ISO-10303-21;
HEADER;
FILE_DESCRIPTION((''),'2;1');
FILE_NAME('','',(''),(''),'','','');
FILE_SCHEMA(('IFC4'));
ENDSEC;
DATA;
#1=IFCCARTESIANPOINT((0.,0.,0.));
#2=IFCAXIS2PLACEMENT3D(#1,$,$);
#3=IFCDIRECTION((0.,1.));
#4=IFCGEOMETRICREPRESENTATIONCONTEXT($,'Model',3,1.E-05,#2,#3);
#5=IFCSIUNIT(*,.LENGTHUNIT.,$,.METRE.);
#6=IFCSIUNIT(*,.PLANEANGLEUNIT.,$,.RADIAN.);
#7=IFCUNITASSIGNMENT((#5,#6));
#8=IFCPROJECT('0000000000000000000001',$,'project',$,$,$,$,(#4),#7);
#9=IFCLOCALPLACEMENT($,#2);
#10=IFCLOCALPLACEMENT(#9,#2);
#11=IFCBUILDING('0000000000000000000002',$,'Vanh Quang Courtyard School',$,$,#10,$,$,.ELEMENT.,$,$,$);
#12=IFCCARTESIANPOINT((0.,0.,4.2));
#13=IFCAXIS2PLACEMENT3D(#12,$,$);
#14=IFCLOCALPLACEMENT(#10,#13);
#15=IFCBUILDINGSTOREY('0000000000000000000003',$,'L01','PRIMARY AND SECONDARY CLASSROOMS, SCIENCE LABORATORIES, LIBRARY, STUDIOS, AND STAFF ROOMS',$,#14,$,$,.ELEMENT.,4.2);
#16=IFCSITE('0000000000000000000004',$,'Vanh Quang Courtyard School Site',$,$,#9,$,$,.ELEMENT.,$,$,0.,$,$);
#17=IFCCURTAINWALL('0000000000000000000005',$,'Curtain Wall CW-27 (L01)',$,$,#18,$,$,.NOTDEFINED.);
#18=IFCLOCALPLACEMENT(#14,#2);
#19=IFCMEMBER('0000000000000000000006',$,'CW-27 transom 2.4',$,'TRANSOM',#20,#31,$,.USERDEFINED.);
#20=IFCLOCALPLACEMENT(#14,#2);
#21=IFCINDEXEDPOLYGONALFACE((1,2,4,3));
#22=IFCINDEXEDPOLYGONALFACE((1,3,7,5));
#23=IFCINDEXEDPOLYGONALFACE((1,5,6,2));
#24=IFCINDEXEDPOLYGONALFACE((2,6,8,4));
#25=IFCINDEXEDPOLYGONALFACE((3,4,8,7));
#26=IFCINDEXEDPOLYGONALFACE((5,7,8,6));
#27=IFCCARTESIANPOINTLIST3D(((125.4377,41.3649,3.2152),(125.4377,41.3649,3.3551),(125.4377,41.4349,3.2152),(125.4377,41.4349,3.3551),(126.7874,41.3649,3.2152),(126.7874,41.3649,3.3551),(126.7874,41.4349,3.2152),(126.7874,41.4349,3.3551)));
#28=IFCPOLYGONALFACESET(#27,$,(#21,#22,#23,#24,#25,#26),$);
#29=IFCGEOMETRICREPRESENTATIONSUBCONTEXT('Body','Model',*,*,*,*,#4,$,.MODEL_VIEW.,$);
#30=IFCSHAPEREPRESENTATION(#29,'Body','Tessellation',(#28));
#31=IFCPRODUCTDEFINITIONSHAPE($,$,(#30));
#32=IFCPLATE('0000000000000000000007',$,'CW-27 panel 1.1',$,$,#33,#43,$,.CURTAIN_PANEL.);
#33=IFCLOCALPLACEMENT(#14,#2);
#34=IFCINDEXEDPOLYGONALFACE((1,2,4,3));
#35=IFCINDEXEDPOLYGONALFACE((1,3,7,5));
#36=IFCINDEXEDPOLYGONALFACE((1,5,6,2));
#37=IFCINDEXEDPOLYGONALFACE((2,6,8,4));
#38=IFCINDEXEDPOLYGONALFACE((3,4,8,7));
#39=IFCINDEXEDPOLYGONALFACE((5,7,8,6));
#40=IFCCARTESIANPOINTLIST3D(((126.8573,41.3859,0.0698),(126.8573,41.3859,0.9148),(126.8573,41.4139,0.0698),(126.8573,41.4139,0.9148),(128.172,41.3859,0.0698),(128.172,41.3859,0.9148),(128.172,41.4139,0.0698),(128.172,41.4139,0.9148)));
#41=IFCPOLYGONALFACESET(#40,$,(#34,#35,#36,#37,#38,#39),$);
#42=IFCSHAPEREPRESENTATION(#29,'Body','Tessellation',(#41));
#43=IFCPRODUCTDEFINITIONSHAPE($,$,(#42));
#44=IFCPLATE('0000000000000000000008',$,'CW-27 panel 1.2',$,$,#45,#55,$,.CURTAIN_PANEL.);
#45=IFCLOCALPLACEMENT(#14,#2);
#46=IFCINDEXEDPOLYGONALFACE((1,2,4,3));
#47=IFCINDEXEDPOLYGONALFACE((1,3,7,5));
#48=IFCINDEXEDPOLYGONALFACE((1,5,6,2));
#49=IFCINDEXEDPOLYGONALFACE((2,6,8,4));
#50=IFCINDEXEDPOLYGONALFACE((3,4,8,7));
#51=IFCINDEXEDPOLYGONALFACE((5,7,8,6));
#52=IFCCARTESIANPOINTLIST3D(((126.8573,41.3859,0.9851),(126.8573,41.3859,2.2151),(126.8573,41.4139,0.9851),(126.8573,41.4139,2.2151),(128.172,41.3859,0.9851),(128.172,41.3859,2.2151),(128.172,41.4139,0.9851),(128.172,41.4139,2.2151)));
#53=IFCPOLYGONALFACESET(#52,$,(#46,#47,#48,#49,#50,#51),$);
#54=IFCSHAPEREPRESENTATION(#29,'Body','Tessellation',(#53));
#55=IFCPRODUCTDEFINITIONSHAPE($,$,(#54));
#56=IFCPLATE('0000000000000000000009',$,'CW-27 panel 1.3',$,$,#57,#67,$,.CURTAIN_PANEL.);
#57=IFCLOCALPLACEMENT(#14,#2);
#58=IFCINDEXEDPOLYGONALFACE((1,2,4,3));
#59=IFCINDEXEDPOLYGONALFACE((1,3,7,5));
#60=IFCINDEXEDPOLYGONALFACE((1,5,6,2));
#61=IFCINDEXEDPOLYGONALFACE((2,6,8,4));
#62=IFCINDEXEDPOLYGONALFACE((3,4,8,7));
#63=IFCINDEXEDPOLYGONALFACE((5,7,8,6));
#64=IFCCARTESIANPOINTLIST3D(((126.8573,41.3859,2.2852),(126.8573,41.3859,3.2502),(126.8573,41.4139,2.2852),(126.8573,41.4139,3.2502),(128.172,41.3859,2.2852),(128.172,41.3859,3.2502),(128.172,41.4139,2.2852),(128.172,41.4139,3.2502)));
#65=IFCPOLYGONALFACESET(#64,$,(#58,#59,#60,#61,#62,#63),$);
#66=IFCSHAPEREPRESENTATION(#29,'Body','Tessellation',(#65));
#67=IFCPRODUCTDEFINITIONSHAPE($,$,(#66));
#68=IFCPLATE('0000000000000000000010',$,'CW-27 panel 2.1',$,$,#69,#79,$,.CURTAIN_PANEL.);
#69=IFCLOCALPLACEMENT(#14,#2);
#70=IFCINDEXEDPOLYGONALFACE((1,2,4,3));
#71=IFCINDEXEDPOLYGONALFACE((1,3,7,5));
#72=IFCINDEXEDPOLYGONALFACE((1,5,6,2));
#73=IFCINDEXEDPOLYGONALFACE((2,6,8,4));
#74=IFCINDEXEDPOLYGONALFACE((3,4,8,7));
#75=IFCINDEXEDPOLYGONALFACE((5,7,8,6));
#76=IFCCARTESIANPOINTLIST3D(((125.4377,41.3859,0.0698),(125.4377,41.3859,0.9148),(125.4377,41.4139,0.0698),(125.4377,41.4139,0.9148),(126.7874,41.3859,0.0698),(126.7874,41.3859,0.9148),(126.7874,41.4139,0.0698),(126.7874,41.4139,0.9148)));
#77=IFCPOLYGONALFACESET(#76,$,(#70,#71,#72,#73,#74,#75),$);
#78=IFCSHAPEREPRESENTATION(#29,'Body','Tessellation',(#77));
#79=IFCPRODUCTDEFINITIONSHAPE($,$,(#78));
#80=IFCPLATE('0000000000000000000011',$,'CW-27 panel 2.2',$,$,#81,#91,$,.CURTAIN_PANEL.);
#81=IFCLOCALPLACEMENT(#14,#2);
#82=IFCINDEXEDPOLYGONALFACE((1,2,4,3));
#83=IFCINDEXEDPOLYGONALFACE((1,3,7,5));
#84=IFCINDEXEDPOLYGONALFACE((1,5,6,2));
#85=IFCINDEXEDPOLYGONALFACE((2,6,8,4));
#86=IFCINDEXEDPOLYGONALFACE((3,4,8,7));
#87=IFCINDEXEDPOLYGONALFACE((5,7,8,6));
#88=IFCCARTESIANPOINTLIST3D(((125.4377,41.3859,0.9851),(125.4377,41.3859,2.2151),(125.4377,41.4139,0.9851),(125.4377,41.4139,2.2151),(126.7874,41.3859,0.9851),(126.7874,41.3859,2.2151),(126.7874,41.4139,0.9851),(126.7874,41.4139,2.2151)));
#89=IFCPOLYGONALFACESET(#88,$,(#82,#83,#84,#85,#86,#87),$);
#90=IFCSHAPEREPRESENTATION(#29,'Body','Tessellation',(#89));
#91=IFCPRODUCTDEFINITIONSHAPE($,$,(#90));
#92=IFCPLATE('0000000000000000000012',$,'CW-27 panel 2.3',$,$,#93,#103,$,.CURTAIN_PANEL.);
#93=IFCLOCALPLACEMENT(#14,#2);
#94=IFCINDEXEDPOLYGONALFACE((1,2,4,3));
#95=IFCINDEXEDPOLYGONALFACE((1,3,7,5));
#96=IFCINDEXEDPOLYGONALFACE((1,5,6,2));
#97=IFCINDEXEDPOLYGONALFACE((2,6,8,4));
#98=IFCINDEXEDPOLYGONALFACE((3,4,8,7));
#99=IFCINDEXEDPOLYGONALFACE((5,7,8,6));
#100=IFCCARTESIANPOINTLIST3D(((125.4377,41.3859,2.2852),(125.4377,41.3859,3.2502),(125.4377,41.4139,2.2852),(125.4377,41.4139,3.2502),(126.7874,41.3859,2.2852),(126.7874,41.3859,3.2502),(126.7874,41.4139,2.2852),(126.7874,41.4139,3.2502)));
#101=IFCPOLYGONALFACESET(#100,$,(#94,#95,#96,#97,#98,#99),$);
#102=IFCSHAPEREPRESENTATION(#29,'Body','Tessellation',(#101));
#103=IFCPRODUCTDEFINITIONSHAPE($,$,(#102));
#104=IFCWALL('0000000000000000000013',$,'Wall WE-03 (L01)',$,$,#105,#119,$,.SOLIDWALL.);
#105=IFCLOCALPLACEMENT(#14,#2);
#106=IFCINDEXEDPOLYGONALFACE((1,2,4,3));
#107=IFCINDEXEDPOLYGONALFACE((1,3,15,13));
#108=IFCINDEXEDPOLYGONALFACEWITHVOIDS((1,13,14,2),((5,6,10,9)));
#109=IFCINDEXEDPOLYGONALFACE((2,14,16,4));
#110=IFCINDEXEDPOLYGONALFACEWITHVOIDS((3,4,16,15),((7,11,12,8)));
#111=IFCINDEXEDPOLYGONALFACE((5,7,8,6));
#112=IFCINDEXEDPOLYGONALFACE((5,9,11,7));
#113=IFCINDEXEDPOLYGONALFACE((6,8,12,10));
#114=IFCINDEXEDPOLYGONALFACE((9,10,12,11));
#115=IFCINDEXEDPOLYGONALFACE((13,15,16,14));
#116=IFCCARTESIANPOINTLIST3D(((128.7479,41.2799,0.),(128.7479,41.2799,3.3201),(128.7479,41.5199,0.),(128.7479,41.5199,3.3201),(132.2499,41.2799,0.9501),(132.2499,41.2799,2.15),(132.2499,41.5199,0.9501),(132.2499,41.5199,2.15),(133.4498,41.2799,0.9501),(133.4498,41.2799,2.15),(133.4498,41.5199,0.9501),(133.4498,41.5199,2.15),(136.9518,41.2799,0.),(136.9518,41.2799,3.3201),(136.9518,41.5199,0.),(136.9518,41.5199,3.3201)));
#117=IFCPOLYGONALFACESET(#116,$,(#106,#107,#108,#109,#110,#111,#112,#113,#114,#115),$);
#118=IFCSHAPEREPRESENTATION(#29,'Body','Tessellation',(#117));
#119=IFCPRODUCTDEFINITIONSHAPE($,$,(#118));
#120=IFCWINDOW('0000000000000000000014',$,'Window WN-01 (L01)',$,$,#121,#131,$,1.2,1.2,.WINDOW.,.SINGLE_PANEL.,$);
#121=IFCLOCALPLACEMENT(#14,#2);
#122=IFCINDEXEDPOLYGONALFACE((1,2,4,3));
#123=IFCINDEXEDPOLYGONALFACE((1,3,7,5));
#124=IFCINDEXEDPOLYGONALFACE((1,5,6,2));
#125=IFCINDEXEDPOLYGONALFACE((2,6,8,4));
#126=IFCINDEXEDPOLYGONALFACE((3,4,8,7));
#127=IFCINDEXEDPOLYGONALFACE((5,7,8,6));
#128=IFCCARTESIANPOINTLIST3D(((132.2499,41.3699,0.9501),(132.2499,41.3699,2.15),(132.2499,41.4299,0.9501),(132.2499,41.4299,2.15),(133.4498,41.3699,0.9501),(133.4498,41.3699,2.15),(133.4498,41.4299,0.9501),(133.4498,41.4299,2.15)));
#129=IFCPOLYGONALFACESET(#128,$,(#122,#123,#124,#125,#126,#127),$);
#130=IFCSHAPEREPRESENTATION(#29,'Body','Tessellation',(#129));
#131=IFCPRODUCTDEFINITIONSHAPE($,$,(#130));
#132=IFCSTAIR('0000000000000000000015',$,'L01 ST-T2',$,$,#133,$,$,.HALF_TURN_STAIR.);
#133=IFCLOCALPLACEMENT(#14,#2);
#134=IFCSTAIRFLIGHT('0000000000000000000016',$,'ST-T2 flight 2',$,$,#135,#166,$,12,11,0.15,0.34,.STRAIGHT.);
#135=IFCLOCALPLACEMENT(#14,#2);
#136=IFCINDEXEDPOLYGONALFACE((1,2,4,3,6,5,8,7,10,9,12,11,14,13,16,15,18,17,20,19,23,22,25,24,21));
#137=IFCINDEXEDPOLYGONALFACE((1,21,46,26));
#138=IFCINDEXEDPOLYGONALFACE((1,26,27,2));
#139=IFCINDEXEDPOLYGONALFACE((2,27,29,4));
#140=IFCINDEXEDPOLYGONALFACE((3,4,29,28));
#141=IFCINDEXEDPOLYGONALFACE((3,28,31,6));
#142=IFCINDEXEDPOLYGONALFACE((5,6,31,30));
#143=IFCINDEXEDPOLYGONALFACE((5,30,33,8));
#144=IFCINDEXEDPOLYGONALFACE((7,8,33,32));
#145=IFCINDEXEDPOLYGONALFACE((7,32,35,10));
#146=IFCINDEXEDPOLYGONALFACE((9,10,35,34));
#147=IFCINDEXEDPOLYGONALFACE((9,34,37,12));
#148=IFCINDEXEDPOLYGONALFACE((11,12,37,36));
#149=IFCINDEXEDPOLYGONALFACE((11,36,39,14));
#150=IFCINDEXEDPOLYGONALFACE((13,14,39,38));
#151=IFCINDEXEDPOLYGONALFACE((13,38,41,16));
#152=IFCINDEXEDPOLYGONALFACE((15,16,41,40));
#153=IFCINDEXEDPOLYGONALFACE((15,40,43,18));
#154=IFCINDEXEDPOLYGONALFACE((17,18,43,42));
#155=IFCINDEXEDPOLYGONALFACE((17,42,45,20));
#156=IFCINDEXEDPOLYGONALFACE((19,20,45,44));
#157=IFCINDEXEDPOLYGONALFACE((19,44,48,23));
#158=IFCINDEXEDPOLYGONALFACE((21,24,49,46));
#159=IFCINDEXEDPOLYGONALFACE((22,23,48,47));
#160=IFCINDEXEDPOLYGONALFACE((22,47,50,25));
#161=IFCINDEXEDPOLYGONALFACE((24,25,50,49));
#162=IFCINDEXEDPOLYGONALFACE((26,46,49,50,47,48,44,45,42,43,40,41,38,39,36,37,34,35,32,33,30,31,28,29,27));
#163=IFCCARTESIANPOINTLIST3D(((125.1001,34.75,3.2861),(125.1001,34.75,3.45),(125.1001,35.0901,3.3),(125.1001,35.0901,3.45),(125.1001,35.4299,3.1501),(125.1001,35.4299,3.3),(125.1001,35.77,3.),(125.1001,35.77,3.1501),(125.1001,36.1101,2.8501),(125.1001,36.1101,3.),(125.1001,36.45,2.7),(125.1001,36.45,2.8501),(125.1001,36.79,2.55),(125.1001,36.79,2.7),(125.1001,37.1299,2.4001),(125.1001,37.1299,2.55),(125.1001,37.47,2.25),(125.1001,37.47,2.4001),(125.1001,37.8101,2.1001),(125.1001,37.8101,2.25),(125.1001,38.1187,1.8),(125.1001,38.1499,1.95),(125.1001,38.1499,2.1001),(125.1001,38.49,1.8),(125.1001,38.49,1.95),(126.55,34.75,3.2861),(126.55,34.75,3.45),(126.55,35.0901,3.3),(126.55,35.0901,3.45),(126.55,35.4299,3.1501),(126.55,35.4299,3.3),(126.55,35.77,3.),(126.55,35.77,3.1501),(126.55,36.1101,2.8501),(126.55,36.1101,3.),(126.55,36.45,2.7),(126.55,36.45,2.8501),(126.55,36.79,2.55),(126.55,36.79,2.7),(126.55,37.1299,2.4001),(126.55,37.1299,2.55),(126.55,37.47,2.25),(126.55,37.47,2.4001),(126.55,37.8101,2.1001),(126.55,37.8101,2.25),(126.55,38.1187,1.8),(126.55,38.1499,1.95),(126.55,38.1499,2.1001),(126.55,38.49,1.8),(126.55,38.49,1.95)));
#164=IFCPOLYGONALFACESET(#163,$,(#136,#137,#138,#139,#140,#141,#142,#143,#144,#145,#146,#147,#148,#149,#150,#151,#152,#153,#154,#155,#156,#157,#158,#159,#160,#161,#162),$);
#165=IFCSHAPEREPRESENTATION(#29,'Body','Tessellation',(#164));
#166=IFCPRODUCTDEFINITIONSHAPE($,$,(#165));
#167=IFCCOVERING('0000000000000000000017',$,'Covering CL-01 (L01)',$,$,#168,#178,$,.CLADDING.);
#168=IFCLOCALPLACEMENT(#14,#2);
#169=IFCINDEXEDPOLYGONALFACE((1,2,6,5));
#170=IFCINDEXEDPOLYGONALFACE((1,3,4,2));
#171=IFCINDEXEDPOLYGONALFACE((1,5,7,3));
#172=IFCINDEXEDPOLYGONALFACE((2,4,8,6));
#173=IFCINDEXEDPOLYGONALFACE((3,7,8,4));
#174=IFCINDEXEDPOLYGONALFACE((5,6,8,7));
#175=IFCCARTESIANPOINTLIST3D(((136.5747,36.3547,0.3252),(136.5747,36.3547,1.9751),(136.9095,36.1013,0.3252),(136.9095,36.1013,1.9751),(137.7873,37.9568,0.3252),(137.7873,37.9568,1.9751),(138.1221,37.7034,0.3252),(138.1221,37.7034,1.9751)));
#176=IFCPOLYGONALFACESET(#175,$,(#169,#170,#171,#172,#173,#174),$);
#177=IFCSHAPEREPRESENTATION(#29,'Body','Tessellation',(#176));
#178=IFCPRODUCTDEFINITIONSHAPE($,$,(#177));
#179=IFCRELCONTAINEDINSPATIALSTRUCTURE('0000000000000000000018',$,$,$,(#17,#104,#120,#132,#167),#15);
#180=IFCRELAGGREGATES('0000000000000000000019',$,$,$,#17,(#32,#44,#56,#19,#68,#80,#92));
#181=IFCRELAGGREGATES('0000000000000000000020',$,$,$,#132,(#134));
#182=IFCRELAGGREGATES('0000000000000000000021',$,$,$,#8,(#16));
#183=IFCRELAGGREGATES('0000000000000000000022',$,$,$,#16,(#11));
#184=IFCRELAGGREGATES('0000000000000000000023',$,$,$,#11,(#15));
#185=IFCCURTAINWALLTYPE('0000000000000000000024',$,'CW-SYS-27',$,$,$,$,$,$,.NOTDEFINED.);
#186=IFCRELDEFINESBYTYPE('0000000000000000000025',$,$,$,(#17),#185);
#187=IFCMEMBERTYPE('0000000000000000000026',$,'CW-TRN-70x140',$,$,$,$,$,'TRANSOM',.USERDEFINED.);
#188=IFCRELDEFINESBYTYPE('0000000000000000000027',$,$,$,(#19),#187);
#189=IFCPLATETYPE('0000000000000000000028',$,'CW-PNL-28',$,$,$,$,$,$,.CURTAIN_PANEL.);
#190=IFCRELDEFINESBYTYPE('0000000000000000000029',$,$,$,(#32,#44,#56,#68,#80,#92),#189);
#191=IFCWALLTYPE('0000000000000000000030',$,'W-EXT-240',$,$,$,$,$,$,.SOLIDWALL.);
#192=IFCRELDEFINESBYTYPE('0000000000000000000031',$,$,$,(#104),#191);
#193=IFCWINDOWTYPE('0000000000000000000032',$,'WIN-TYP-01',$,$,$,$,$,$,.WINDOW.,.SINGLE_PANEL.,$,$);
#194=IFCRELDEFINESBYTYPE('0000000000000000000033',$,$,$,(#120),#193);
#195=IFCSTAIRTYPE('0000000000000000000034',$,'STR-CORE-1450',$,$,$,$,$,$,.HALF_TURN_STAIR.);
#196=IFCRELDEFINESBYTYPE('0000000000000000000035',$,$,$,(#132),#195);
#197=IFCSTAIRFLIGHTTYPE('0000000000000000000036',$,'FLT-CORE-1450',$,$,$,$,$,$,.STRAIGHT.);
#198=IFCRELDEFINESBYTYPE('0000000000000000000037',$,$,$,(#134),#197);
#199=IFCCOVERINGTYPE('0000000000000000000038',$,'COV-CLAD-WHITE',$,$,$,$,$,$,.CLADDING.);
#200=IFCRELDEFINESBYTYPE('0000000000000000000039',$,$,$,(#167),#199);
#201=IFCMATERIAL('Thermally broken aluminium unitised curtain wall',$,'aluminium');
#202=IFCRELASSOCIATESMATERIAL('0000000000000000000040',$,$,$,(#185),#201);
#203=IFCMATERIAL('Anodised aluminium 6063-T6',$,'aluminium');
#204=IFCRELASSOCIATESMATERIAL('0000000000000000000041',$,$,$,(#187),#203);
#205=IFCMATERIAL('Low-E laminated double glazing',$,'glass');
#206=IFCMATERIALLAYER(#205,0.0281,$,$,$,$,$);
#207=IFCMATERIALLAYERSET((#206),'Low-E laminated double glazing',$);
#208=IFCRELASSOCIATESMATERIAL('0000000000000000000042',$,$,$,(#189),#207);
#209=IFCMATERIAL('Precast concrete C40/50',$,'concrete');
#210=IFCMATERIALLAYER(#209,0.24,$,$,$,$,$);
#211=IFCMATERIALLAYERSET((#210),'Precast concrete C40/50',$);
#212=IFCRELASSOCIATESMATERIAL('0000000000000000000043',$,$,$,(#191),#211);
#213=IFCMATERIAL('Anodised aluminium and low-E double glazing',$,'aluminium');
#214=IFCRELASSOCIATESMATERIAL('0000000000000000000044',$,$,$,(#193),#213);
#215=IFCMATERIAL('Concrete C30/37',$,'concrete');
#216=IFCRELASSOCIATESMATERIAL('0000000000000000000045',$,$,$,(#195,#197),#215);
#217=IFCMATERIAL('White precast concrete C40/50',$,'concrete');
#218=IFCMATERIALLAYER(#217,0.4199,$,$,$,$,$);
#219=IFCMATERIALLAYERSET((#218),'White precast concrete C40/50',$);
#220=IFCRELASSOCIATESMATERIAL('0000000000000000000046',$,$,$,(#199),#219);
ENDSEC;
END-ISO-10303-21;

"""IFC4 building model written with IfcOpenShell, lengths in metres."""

from ifc_helpers import new_model, si_unit, direction, frame, frame_2d, origin, origin_2d, place, context, subcontext, project, spatial, polyline, rectangle, outline, extrude, material, layer, layer_set, material_profile, profile_set, type_object, element, fill, aggregate, save


model = new_model("IFC4")

# Units and contexts
model_context = context("Model", 3, precision=1e-05, world=origin(), true_north=direction((0.0, 1.0)))
body_context = subcontext(model_context, "Body", "Model", "MODEL_VIEW")
ifc_project = project(units=[si_unit("LENGTHUNIT", "METRE"), si_unit("PLANEANGLEUNIT", "RADIAN")], contexts=[model_context])

# Site, building, storey
site_placement = place(None, origin())
site = spatial("IfcSite", under=ifc_project, at=site_placement, Name="Vanh Quang Courtyard School Site", CompositionType="ELEMENT", RefElevation=0.0)
building_placement = place(site_placement, origin())
building = spatial("IfcBuilding", under=site, at=building_placement, Name="Vanh Quang Courtyard School", CompositionType="ELEMENT")
storey_placement = place(building_placement, frame((0.0, 0.0, 4.2)))
storey = spatial("IfcBuildingStorey", under=building, at=storey_placement, Name="L01", Description="PRIMARY AND SECONDARY CLASSROOMS, SCIENCE LABORATORIES, LIBRARY, STUDIOS, AND STAFF ROOMS", CompositionType="ELEMENT", Elevation=4.2)

# Curtain wall, member, plates
ifc_material_1 = material(Name="Thermally broken aluminium unitised curtain wall", Category="aluminium")
curtain_wall_type = type_object("IfcCurtainWallType", Name="CW-SYS-27", PredefinedType="NOTDEFINED", material=ifc_material_1)
curtain_wall_placement = place(storey_placement, origin())
curtain_wall = element("IfcCurtainWall", 1, at=curtain_wall_placement, inside=storey, type_object=curtain_wall_type, Name="Curtain Wall CW-27 (L01)", PredefinedType="NOTDEFINED")
ifc_material_2 = material(Name="Anodised aluminium 6063-T6", Category="aluminium")
ifc_material_profile_1 = material_profile(ifc_material_2, rectangle(XDim=0.0701, YDim=0.1399, at=origin_2d()), Name="ALU-TRN 70x140")
ifc_profile_set_1 = profile_set([ifc_material_profile_1], Name="Anodised aluminium 6063-T6")
member_type_1 = type_object("IfcMemberType", Name="CW-TRN-70x140", ElementType="TRANSOM", PredefinedType="USERDEFINED", material=ifc_profile_set_1)
member_1_placement = place(storey_placement, frame((126.7874, 41.3999, 3.2852), z_axis=(-1.0, 0.0, 0.0), x_axis=(0.0, -1.0, 0.0)))
member_1 = element("IfcMember", 2, at=member_1_placement, type_object=member_type_1, Name="CW-27 transom 2.4", ObjectType="TRANSOM", PredefinedType="USERDEFINED", context=body_context, shape_type="SweptSolid", body=[
    extrude(rectangle(XDim=0.0701, YDim=0.1399, at=origin_2d()), origin(), (0.0, 0.0, 1.0), 1.3496),
])
ifc_material_3 = material(Name="Low-E laminated double glazing", Category="glass")
ifc_layer_1 = layer(ifc_material_3, 0.0281)
ifc_layer_set_1 = layer_set([ifc_layer_1], Name="Low-E laminated double glazing")
plate_type = type_object("IfcPlateType", Name="CW-PNL-28", PredefinedType="CURTAIN_PANEL", material=ifc_layer_set_1)
plate_1_placement = place(storey_placement, frame((127.5146, 41.3999, 0.0698), z_axis=(0.0, 0.0, 1.0), x_axis=(-1.0, 0.0, 0.0)))
plate_1 = element("IfcPlate", 3, at=plate_1_placement, type_object=plate_type, Name="CW-27 panel 1.1", PredefinedType="CURTAIN_PANEL", context=body_context, shape_type="SweptSolid", body=[
    extrude(rectangle(XDim=1.3147, YDim=0.0281, at=origin_2d()), origin(), (0.0, 0.0, 1.0), 0.845),
])
plate_2_placement = place(storey_placement, frame((127.5146, 41.3999, 0.9851), z_axis=(0.0, 0.0, 1.0), x_axis=(-1.0, 0.0, 0.0)))
plate_2 = element("IfcPlate", 4, at=plate_2_placement, type_object=plate_type, Name="CW-27 panel 1.2", PredefinedType="CURTAIN_PANEL", context=body_context, shape_type="SweptSolid", body=[
    extrude(rectangle(XDim=1.3147, YDim=0.0281, at=origin_2d()), origin(), (0.0, 0.0, 1.0), 1.23),
])
plate_3_placement = place(storey_placement, frame((127.5146, 41.3999, 2.2852), z_axis=(0.0, 0.0, 1.0), x_axis=(-1.0, 0.0, 0.0)))
plate_3 = element("IfcPlate", 5, at=plate_3_placement, type_object=plate_type, Name="CW-27 panel 1.3", PredefinedType="CURTAIN_PANEL", context=body_context, shape_type="SweptSolid", body=[
    extrude(rectangle(XDim=1.3147, YDim=0.0281, at=origin_2d()), origin(), (0.0, 0.0, 1.0), 0.9651),
])
plate_4_placement = place(storey_placement, frame((126.1125, 41.3999, 0.0698), z_axis=(0.0, 0.0, 1.0), x_axis=(-1.0, 0.0, 0.0)))
plate_4 = element("IfcPlate", 6, at=plate_4_placement, type_object=plate_type, Name="CW-27 panel 2.1", PredefinedType="CURTAIN_PANEL", context=body_context, shape_type="SweptSolid", body=[
    extrude(rectangle(XDim=1.3496, YDim=0.0281, at=origin_2d()), origin(), (0.0, 0.0, 1.0), 0.845),
])
plate_5_placement = place(storey_placement, frame((126.1125, 41.3999, 0.9851), z_axis=(0.0, 0.0, 1.0), x_axis=(-1.0, 0.0, 0.0)))
plate_5 = element("IfcPlate", 7, at=plate_5_placement, type_object=plate_type, Name="CW-27 panel 2.2", PredefinedType="CURTAIN_PANEL", context=body_context, shape_type="SweptSolid", body=[
    extrude(rectangle(XDim=1.3496, YDim=0.0281, at=origin_2d()), origin(), (0.0, 0.0, 1.0), 1.23),
])
plate_6_placement = place(storey_placement, frame((126.1125, 41.3999, 2.2852), z_axis=(0.0, 0.0, 1.0), x_axis=(-1.0, 0.0, 0.0)))
plate_6 = element("IfcPlate", 8, at=plate_6_placement, type_object=plate_type, Name="CW-27 panel 2.3", PredefinedType="CURTAIN_PANEL", context=body_context, shape_type="SweptSolid", body=[
    extrude(rectangle(XDim=1.3496, YDim=0.0281, at=origin_2d()), origin(), (0.0, 0.0, 1.0), 0.9651),
])
aggregate(curtain_wall, [plate_1, plate_2, plate_3, member_1, plate_4, plate_5, plate_6])

# Wall, opening, window
ifc_material_4 = material(Name="Precast concrete C40/50", Category="concrete")
ifc_layer_2 = layer(ifc_material_4, 0.24)
ifc_layer_set_2 = layer_set([ifc_layer_2], Name="Precast concrete C40/50")
wall_type = type_object("IfcWallType", Name="W-EXT-240", PredefinedType="SOLIDWALL", material=ifc_layer_set_2)
wall_placement = place(storey_placement, frame((136.9519, 41.3999, 0.0), z_axis=(0.0, 0.0, 1.0), x_axis=(-1.0, 0.0, 0.0)))
wall = element("IfcWall", 9, at=wall_placement, inside=storey, type_object=wall_type, Name="Wall WE-03 (L01)", PredefinedType="SOLIDWALL", context=body_context, shape_type="SweptSolid", body=[
    extrude(rectangle(XDim=8.2039, YDim=0.24, at=frame_2d((4.1021, 0.0))), origin(), (0.0, 0.0, 1.0), 3.3201),
])
opening_placement = place(wall_placement, frame((3.502, 0.0, 0.95)))
opening = element("IfcOpeningElement", 10, at=opening_placement, cuts=wall, PredefinedType="OPENING", context=body_context, shape_type="SweptSolid", body=[
    extrude(rectangle(XDim=1.2, YDim=1.2, at=frame_2d((0.6001, 0.6001))), frame((0.0, 0.1299, 0.0), z_axis=(0.0, -1.0, 0.0), x_axis=(1.0, 0.0, 0.0)), (0.0, 0.0, 1.0), 0.26),
])
ifc_material_5 = material(Name="Anodised aluminium and low-E double glazing", Category="aluminium")
window_type = type_object("IfcWindowType", Name="WIN-TYP-01", PartitioningType="SINGLE_PANEL", PredefinedType="WINDOW", material=ifc_material_5)
window_placement = place(opening_placement, origin())
window = element("IfcWindow", 11, at=window_placement, inside=storey, type_object=window_type, Name="Window WN-01 (L01)", OverallHeight=1.2, OverallWidth=1.2, PartitioningType="SINGLE_PANEL", PredefinedType="WINDOW", context=body_context, shape_type="SweptSolid", body=[
    extrude(rectangle(XDim=1.2, YDim=1.2, at=frame_2d((0.6001, 0.6001))), frame((0.0, 0.03, 0.0), z_axis=(0.0, -1.0, 0.0), x_axis=(1.0, 0.0, 0.0)), (0.0, 0.0, 1.0), 0.0601),
])
fill(opening, window)

# Stair, stair flight
ifc_material_6 = material(Name="Concrete C30/37", Category="concrete")
stair_type = type_object("IfcStairType", Name="STR-CORE-1450", PredefinedType="HALF_TURN_STAIR", material=ifc_material_6)
stair_placement = place(storey_placement, origin())
stair = element("IfcStair", 12, at=stair_placement, inside=storey, type_object=stair_type, Name="L01 ST-T2", PredefinedType="HALF_TURN_STAIR")
stair_flight_type = type_object("IfcStairFlightType", Name="FLT-CORE-1450", PredefinedType="STRAIGHT", material=ifc_material_6)
stair_flight_placement = place(storey_placement, frame((125.825, 38.49, 1.8), z_axis=(0.0, 0.0, 1.0), x_axis=(0.0, -1.0, 0.0)))
stair_flight = element("IfcStairFlight", 13, at=stair_flight_placement, type_object=stair_flight_type, Name="ST-T2 flight 2", NumberOfRisers=12, NumberOfTreads=11, PredefinedType="STRAIGHT", RiserHeight=0.15, TreadLength=0.34, context=body_context, shape_type="SweptSolid", body=[
    extrude(outline(polyline([(0.0, 0.0), (0.0, 0.1499), (0.3401, 0.1499), (0.3401, 0.3), (0.6799, 0.3), (0.6799, 0.45), (1.02, 0.45), (1.02, 0.6001), (1.3601, 0.6001), (1.3601, 0.75), (1.7, 0.75), (1.7, 0.8999), (2.04, 0.8999), (2.04, 1.05), (2.3799, 1.05), (2.3799, 1.2), (2.72, 1.2), (2.72, 1.3501), (3.0601, 1.3501), (3.0601, 1.5), (3.3999, 1.5), (3.3999, 1.6499), (3.74, 1.6499), (3.74, 1.8), (3.74, 1.4861), (0.3713, 0.0), (0.0, 0.0)])), frame((0.0, 0.7251, 0.0), z_axis=(0.0, -1.0, 0.0), x_axis=(1.0, 0.0, 0.0)), (0.0, 0.0, 1.0), 1.45),
])
aggregate(stair, [stair_flight])

# Covering
ifc_material_7 = material(Name="White precast concrete C40/50", Category="concrete")
ifc_layer_3 = layer(ifc_material_7, 0.4199)
ifc_layer_set_3 = layer_set([ifc_layer_3], Name="White precast concrete C40/50")
covering_type = type_object("IfcCoveringType", Name="COV-CLAD-WHITE", PredefinedType="CLADDING", material=ifc_layer_set_3)
covering_placement = place(storey_placement, frame((137.3484, 37.0291, 0.3252), z_axis=(0.0, 0.0, 1.0), x_axis=(0.603486, 0.797373, 0.0)))
element("IfcCovering", 14, at=covering_placement, inside=storey, type_object=covering_type, Name="Covering CL-01 (L01)", PredefinedType="CLADDING", context=body_context, shape_type="SweptSolid", body=[
    extrude(rectangle(XDim=2.0093, YDim=0.4199, at=origin_2d()), origin(), (0.0, 0.0, 1.0), 1.6499),
])

save(model, "model.ifc")
